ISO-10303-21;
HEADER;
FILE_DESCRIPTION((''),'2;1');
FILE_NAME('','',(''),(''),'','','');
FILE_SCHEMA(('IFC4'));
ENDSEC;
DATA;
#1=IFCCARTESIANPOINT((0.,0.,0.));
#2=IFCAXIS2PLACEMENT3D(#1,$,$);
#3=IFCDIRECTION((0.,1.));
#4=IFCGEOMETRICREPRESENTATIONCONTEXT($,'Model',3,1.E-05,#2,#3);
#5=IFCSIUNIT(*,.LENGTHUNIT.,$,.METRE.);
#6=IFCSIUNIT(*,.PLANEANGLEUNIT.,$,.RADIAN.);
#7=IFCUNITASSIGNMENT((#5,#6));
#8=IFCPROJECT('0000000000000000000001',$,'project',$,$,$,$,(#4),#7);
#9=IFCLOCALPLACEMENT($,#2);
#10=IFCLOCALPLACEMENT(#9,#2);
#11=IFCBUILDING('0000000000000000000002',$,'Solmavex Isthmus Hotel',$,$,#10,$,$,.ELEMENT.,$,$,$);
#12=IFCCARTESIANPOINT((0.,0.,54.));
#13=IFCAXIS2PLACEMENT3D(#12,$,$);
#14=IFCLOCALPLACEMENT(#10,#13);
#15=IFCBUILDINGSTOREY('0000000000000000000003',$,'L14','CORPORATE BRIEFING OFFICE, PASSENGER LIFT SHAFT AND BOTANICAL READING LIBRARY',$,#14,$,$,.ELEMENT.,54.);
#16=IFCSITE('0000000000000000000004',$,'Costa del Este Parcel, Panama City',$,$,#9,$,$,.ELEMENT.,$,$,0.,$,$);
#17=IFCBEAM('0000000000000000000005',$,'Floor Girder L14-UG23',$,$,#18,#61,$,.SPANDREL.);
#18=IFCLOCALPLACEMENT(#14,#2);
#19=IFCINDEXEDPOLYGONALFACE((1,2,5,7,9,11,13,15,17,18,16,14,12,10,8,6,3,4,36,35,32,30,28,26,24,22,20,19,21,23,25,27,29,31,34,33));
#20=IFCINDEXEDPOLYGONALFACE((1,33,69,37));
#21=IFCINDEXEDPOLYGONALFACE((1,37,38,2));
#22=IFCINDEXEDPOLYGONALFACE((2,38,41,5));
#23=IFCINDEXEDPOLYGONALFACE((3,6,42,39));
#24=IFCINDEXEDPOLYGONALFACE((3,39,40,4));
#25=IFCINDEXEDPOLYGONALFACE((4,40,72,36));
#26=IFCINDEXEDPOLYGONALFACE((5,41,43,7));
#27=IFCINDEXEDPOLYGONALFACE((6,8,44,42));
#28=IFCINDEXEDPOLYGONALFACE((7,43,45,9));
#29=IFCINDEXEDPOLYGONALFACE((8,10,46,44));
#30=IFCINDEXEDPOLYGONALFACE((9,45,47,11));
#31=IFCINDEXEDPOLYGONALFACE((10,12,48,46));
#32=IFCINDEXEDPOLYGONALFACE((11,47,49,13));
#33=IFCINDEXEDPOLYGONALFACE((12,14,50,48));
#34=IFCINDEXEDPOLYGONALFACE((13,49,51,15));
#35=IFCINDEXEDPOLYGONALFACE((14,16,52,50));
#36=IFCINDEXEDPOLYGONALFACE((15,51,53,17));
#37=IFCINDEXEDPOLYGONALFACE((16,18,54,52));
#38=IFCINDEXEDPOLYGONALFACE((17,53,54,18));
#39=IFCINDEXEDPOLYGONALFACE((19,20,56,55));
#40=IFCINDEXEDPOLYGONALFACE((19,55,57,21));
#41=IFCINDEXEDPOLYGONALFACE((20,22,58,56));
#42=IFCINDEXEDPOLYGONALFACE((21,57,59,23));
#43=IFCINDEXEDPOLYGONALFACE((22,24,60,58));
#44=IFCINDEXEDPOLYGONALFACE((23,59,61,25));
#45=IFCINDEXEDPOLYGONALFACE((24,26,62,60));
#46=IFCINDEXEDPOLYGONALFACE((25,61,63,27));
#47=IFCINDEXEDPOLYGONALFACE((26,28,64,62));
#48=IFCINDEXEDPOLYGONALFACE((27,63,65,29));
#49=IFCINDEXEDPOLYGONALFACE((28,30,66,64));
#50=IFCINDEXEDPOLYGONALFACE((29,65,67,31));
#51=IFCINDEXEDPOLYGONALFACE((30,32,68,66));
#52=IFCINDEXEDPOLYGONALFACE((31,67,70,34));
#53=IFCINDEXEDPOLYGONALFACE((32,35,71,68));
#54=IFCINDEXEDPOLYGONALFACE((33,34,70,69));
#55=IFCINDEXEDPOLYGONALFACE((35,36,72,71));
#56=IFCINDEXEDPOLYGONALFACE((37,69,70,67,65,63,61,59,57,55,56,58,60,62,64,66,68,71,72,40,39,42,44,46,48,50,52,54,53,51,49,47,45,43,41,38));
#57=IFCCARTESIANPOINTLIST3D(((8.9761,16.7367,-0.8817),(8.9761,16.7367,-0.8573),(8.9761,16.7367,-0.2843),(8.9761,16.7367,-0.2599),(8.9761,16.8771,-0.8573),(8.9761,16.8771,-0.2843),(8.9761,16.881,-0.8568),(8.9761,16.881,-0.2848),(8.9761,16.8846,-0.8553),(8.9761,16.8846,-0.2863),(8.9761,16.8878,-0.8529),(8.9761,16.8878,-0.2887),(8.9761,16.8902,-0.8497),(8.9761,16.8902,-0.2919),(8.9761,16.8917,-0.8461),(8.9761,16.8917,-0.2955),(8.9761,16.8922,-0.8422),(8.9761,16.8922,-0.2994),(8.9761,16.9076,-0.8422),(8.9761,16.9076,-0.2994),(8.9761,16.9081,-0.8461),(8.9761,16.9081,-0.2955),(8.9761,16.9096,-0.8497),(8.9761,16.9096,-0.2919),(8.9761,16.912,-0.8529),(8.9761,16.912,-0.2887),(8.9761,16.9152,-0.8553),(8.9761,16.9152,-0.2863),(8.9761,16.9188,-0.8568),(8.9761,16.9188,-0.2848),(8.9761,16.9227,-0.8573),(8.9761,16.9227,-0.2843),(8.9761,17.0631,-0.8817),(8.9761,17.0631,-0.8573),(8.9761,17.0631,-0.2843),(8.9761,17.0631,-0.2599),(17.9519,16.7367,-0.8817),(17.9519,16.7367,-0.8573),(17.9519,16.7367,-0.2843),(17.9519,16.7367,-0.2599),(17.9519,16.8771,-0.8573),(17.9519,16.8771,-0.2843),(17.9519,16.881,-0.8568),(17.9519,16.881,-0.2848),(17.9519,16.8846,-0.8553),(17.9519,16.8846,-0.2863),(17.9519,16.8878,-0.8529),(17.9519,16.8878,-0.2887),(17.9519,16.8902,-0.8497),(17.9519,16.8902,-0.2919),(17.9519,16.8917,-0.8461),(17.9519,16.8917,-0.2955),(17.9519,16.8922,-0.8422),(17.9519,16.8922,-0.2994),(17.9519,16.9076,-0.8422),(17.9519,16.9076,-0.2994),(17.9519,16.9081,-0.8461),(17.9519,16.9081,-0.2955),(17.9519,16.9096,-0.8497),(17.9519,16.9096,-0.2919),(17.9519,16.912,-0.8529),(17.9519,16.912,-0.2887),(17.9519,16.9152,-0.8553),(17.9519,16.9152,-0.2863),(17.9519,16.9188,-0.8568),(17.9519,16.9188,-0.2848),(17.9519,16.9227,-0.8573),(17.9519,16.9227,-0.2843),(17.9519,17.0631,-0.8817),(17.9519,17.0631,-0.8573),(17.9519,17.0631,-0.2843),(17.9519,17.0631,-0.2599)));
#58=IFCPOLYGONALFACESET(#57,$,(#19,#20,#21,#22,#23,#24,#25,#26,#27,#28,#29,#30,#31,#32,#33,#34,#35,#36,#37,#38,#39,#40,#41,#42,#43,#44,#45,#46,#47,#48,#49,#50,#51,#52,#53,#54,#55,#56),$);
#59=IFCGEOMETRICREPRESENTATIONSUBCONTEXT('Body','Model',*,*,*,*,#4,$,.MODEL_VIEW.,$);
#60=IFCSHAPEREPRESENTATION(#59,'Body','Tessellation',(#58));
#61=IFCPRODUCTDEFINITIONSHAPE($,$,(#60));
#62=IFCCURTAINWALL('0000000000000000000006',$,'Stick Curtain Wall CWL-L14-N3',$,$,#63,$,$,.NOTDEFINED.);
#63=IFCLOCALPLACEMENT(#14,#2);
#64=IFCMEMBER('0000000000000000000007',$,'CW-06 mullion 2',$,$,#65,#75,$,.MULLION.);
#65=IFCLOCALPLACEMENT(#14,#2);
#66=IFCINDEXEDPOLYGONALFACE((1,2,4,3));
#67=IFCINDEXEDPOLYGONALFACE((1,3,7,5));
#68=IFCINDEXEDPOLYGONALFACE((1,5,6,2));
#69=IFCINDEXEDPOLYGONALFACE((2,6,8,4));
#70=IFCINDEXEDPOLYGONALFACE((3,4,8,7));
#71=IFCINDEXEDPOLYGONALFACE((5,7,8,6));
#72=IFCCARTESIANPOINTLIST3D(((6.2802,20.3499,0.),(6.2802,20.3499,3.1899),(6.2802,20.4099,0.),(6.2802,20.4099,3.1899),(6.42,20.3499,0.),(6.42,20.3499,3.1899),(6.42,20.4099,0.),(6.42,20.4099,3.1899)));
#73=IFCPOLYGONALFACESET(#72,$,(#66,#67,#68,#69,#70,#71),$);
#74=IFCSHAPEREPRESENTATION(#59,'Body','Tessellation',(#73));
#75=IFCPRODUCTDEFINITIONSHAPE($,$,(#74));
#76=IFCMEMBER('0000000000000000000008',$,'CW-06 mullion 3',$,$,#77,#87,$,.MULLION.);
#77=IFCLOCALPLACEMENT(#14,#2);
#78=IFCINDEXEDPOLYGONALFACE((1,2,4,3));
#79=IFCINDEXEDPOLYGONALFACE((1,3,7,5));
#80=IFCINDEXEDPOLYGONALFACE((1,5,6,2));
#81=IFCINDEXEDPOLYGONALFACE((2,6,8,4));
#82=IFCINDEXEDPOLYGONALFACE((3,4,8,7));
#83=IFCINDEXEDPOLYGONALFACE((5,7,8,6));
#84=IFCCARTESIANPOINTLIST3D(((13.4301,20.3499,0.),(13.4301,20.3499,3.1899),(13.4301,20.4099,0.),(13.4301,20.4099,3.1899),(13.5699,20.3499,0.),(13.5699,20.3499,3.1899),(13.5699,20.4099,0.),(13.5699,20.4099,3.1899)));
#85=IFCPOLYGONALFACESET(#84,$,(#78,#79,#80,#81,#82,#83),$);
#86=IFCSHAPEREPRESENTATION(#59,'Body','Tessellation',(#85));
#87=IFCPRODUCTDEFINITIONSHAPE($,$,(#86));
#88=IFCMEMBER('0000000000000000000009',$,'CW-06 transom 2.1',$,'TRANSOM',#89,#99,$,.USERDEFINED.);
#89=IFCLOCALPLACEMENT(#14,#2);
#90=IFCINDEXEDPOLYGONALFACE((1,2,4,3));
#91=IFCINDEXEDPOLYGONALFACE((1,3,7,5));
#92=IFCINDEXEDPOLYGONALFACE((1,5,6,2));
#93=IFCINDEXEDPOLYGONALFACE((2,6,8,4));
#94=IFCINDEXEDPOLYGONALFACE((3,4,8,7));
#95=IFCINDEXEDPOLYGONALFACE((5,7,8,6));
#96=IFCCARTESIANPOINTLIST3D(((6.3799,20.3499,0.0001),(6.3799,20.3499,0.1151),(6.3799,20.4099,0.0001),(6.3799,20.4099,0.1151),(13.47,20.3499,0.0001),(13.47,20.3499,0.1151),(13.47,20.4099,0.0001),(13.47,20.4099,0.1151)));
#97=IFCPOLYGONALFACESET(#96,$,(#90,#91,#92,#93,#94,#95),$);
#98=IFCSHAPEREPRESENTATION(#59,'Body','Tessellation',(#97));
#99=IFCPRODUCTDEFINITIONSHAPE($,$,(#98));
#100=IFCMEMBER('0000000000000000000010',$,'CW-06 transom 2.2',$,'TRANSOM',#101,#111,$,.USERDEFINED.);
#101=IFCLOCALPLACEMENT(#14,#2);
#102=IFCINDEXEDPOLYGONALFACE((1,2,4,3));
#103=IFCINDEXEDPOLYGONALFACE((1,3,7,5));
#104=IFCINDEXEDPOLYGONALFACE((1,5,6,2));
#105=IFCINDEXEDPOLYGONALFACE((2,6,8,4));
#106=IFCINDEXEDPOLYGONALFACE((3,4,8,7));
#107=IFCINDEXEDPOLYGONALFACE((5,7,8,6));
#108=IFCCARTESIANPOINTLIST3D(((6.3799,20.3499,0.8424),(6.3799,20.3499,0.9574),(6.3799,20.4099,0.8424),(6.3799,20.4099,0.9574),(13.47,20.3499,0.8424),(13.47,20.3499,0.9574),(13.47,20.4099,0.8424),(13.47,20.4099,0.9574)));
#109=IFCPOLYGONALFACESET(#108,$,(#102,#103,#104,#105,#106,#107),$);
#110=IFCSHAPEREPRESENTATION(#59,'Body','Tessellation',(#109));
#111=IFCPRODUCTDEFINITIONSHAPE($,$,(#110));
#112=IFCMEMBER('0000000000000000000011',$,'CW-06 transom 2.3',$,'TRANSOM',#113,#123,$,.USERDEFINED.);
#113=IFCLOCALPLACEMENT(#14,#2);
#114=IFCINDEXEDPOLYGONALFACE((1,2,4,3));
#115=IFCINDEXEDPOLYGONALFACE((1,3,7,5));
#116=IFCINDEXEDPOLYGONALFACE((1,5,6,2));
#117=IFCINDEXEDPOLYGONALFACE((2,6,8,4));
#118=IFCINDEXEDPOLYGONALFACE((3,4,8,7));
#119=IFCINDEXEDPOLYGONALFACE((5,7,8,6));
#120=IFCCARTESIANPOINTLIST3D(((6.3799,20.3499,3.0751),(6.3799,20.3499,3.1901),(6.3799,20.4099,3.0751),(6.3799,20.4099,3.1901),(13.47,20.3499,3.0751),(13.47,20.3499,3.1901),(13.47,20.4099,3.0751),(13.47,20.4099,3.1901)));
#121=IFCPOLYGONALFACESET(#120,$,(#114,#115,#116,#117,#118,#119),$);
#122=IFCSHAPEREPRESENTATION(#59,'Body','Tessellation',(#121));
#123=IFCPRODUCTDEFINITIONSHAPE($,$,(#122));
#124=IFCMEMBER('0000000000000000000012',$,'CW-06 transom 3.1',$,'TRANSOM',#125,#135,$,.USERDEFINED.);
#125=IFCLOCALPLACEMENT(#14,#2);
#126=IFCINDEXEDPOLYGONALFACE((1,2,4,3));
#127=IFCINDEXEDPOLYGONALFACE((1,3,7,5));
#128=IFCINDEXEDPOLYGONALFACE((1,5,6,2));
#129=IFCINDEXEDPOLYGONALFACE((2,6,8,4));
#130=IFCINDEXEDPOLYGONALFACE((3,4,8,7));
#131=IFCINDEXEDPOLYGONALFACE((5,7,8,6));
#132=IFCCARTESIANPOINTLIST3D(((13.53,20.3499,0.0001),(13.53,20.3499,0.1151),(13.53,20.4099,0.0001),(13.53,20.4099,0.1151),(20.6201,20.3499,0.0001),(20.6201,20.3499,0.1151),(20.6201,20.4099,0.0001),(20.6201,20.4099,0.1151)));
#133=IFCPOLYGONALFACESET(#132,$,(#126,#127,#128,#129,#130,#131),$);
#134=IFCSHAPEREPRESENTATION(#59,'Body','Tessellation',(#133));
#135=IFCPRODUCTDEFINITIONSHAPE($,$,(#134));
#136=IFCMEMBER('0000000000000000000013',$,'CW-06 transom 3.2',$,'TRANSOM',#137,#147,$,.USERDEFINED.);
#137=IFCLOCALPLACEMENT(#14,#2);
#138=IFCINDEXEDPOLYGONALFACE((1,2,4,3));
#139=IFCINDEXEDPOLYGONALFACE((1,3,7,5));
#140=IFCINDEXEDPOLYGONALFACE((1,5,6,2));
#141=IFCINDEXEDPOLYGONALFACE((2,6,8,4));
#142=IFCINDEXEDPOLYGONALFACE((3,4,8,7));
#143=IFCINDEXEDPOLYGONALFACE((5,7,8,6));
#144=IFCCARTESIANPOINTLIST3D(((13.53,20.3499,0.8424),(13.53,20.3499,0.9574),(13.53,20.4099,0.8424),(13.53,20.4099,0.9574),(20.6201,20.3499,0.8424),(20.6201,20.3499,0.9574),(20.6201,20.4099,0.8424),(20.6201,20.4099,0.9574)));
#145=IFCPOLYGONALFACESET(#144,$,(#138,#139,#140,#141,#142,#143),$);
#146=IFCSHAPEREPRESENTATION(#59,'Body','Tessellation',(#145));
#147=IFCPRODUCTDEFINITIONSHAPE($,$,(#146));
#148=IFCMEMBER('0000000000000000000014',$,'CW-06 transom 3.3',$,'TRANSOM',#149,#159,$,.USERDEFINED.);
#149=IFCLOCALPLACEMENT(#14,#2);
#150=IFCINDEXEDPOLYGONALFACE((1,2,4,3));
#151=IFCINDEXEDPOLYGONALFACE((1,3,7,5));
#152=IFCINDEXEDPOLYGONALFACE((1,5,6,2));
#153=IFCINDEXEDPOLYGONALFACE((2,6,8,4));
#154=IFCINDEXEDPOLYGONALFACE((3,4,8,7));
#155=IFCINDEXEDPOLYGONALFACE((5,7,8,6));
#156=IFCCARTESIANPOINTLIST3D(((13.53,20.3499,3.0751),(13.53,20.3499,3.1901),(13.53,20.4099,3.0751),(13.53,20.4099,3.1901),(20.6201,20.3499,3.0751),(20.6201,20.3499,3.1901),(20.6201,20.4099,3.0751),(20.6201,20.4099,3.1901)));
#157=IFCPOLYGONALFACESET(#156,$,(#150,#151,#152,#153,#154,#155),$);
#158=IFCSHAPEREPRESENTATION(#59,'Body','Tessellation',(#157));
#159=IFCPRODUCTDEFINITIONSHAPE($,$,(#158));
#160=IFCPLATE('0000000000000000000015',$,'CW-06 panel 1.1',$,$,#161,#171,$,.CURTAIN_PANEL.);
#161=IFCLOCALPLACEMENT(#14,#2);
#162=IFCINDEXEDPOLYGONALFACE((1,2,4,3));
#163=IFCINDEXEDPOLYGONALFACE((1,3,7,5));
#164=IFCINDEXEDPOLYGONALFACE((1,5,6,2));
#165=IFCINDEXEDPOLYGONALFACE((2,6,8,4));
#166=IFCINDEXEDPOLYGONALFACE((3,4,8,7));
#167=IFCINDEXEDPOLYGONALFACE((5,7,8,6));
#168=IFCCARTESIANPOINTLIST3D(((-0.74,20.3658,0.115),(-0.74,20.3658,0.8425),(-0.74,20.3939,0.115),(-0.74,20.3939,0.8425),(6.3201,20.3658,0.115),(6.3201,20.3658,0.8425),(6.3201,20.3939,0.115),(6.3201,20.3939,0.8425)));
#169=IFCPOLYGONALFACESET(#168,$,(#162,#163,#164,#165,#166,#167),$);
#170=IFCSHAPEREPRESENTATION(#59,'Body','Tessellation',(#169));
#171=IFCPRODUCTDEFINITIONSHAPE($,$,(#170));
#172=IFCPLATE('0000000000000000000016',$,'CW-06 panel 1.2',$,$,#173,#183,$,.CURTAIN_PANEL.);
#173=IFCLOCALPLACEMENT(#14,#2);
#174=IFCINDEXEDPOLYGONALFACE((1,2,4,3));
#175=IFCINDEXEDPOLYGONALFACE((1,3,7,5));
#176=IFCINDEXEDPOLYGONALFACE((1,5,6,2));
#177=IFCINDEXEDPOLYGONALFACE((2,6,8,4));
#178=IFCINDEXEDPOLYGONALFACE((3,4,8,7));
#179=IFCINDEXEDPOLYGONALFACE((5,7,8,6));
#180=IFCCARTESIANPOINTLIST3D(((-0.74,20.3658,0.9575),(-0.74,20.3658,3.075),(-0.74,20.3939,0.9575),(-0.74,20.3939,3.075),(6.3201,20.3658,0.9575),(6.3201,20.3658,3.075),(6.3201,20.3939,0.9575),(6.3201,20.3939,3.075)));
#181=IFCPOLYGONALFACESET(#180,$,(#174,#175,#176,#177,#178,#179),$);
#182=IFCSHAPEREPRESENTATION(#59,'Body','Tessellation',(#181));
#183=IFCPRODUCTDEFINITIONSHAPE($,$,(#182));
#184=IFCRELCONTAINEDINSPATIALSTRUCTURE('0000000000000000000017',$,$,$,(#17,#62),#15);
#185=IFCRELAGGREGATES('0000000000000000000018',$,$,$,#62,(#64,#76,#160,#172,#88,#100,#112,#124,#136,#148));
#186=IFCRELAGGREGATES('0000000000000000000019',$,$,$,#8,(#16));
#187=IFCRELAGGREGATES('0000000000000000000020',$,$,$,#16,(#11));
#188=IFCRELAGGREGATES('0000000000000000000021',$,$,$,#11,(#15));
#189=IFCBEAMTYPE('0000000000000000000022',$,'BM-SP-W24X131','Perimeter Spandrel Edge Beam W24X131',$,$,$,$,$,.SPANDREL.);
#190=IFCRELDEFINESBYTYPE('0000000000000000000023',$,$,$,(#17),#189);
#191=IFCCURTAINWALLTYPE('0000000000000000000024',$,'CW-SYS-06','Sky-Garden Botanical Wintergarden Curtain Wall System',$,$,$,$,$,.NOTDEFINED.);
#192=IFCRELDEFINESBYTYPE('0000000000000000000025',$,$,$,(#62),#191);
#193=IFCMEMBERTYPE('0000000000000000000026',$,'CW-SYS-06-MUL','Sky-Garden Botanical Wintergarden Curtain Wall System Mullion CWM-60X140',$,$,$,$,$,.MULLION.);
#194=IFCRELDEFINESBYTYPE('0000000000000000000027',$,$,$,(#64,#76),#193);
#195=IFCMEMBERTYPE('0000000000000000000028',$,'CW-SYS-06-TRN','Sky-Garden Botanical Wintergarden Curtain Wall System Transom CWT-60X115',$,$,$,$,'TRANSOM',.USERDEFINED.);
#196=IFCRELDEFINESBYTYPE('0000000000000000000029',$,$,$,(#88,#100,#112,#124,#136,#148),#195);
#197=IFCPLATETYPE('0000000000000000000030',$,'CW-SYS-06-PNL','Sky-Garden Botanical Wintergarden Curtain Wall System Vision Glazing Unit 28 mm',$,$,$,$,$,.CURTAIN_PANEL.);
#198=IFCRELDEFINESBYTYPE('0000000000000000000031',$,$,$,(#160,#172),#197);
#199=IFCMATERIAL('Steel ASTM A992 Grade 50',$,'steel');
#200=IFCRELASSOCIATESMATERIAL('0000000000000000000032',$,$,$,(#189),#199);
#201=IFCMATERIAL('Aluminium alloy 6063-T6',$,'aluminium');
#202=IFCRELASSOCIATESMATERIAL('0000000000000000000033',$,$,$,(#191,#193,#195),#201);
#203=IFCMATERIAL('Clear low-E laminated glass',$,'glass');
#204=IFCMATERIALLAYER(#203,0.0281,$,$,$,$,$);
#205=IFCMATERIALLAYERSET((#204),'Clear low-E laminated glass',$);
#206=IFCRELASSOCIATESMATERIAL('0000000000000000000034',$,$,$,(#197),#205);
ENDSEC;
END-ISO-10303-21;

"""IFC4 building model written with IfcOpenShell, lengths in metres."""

from ifc_helpers import new_model, si_unit, direction, frame, origin, origin_2d, place, context, subcontext, project, spatial, rectangle, i_section, extrude, material, layer, layer_set, material_profile, profile_set, type_object, element, aggregate, save


model = new_model("IFC4")

# Units and contexts
model_context = context("Model", 3, precision=1e-05, world=origin(), true_north=direction((0.0, 1.0)))
body_context = subcontext(model_context, "Body", "Model", "MODEL_VIEW")
ifc_project = project(units=[si_unit("LENGTHUNIT", "METRE"), si_unit("PLANEANGLEUNIT", "RADIAN")], contexts=[model_context])

# Site, building, storey
site_placement = place(None, origin())
site = spatial("IfcSite", under=ifc_project, at=site_placement, Name="Costa del Este Parcel, Panama City", CompositionType="ELEMENT", RefElevation=0.0)
building_placement = place(site_placement, origin())
building = spatial("IfcBuilding", under=site, at=building_placement, Name="Solmavex Isthmus Hotel", CompositionType="ELEMENT")
storey_placement = place(building_placement, frame((0.0, 0.0, 54.0)))
storey = spatial("IfcBuildingStorey", under=building, at=storey_placement, Name="L14", Description="CORPORATE BRIEFING OFFICE, PASSENGER LIFT SHAFT AND BOTANICAL READING LIBRARY", CompositionType="ELEMENT", Elevation=54.0)

# Beam
ifc_material_1 = material(Name="Steel ASTM A992 Grade 50", Category="steel")
ifc_material_profile_1 = material_profile(ifc_material_1, i_section(OverallWidth=0.3264, OverallDepth=0.6218, WebThickness=0.0154, FlangeThickness=0.0244, FilletRadius=0.0151, at=origin_2d()), Name="W24X131")
ifc_profile_set_1 = profile_set([ifc_material_profile_1], Name="Steel ASTM A992 Grade 50")
beam_type_1 = type_object("IfcBeamType", Name="BM-SP-W24X131", Description="Perimeter Spandrel Edge Beam W24X131", PredefinedType="SPANDREL", material=ifc_profile_set_1)
beam_1_placement = place(storey_placement, frame((8.9761, 16.8999, -0.5708), z_axis=(1.0, 0.0, 0.0), x_axis=(0.0, 1.0, 0.0)))
element("IfcBeam", 1, at=beam_1_placement, inside=storey, type_object=beam_type_1, Name="Floor Girder L14-UG23", PredefinedType="SPANDREL", context=body_context, shape_type="SweptSolid", body=[
    extrude(i_section(OverallWidth=0.3264, OverallDepth=0.6218, WebThickness=0.0154, FlangeThickness=0.0244, FilletRadius=0.0151, at=origin_2d()), origin(), (0.0, 0.0, 1.0), 8.9758),
])

# Curtain wall, members, plates
ifc_material_2 = material(Name="Aluminium alloy 6063-T6", Category="aluminium")
curtain_wall_type = type_object("IfcCurtainWallType", Name="CW-SYS-06", Description="Sky-Garden Botanical Wintergarden Curtain Wall System", PredefinedType="NOTDEFINED", material=ifc_material_2)
curtain_wall_placement = place(storey_placement, origin())
curtain_wall = element("IfcCurtainWall", 2, at=curtain_wall_placement, inside=storey, type_object=curtain_wall_type, Name="Stick Curtain Wall CWL-L14-N3", PredefinedType="NOTDEFINED")
ifc_material_profile_2 = material_profile(ifc_material_2, rectangle(XDim=0.0601, YDim=0.1399, at=origin_2d()), Name="CWM-60X140")
ifc_profile_set_2 = profile_set([ifc_material_profile_2], Name="Aluminium alloy 6063-T6")
member_type_1 = type_object("IfcMemberType", Name="CW-SYS-06-MUL", Description="Sky-Garden Botanical Wintergarden Curtain Wall System Mullion CWM-60X140", PredefinedType="MULLION", material=ifc_profile_set_2)
member_1_placement = place(storey_placement, frame((6.3501, 20.3799, 0.0), z_axis=(0.0, 0.0, 1.0), x_axis=(0.0, 1.0, 0.0)))
member_1 = element("IfcMember", 3, at=member_1_placement, type_object=member_type_1, Name="CW-06 mullion 2", PredefinedType="MULLION", context=body_context, shape_type="SweptSolid", body=[
    extrude(rectangle(XDim=0.0601, YDim=0.1399, at=origin_2d()), origin(), (0.0, 0.0, 1.0), 3.1899),
])
member_2_placement = place(storey_placement, frame((13.5, 20.3799, 0.0), z_axis=(0.0, 0.0, 1.0), x_axis=(0.0, 1.0, 0.0)))
member_2 = element("IfcMember", 4, at=member_2_placement, type_object=member_type_1, Name="CW-06 mullion 3", PredefinedType="MULLION", context=body_context, shape_type="SweptSolid", body=[
    extrude(rectangle(XDim=0.0601, YDim=0.1399, at=origin_2d()), origin(), (0.0, 0.0, 1.0), 3.1899),
])
ifc_material_profile_3 = material_profile(ifc_material_2, rectangle(XDim=0.0601, YDim=0.115, at=origin_2d()), Name="CWT-60X115")
ifc_profile_set_3 = profile_set([ifc_material_profile_3], Name="Aluminium alloy 6063-T6")
member_type_2 = type_object("IfcMemberType", Name="CW-SYS-06-TRN", Description="Sky-Garden Botanical Wintergarden Curtain Wall System Transom CWT-60X115", ElementType="TRANSOM", PredefinedType="USERDEFINED", material=ifc_profile_set_3)
member_3_placement = place(storey_placement, frame((6.3799, 20.3799, 0.0576), z_axis=(1.0, 0.0, 0.0), x_axis=(0.0, 1.0, 0.0)))
member_3 = element("IfcMember", 5, at=member_3_placement, type_object=member_type_2, Name="CW-06 transom 2.1", ObjectType="TRANSOM", PredefinedType="USERDEFINED", context=body_context, shape_type="SweptSolid", body=[
    extrude(rectangle(XDim=0.0601, YDim=0.115, at=origin_2d()), origin(), (0.0, 0.0, 1.0), 7.0901),
])
member_4_placement = place(storey_placement, frame((6.3799, 20.3799, 0.8999), z_axis=(1.0, 0.0, 0.0), x_axis=(0.0, 1.0, 0.0)))
member_4 = element("IfcMember", 6, at=member_4_placement, type_object=member_type_2, Name="CW-06 transom 2.2", ObjectType="TRANSOM", PredefinedType="USERDEFINED", context=body_context, shape_type="SweptSolid", body=[
    extrude(rectangle(XDim=0.0601, YDim=0.115, at=origin_2d()), origin(), (0.0, 0.0, 1.0), 7.0901),
])
member_5_placement = place(storey_placement, frame((6.3799, 20.3799, 3.1326), z_axis=(1.0, 0.0, 0.0), x_axis=(0.0, 1.0, 0.0)))
member_5 = element("IfcMember", 7, at=member_5_placement, type_object=member_type_2, Name="CW-06 transom 2.3", ObjectType="TRANSOM", PredefinedType="USERDEFINED", context=body_context, shape_type="SweptSolid", body=[
    extrude(rectangle(XDim=0.0601, YDim=0.115, at=origin_2d()), origin(), (0.0, 0.0, 1.0), 7.0901),
])
member_6_placement = place(storey_placement, frame((13.53, 20.3799, 0.0576), z_axis=(1.0, 0.0, 0.0), x_axis=(0.0, 1.0, 0.0)))
member_6 = element("IfcMember", 8, at=member_6_placement, type_object=member_type_2, Name="CW-06 transom 3.1", ObjectType="TRANSOM", PredefinedType="USERDEFINED", context=body_context, shape_type="SweptSolid", body=[
    extrude(rectangle(XDim=0.0601, YDim=0.115, at=origin_2d()), origin(), (0.0, 0.0, 1.0), 7.0901),
])
member_7_placement = place(storey_placement, frame((13.53, 20.3799, 0.8999), z_axis=(1.0, 0.0, 0.0), x_axis=(0.0, 1.0, 0.0)))
member_7 = element("IfcMember", 9, at=member_7_placement, type_object=member_type_2, Name="CW-06 transom 3.2", ObjectType="TRANSOM", PredefinedType="USERDEFINED", context=body_context, shape_type="SweptSolid", body=[
    extrude(rectangle(XDim=0.0601, YDim=0.115, at=origin_2d()), origin(), (0.0, 0.0, 1.0), 7.0901),
])
member_8_placement = place(storey_placement, frame((13.53, 20.3799, 3.1326), z_axis=(1.0, 0.0, 0.0), x_axis=(0.0, 1.0, 0.0)))
member_8 = element("IfcMember", 10, at=member_8_placement, type_object=member_type_2, Name="CW-06 transom 3.3", ObjectType="TRANSOM", PredefinedType="USERDEFINED", context=body_context, shape_type="SweptSolid", body=[
    extrude(rectangle(XDim=0.0601, YDim=0.115, at=origin_2d()), origin(), (0.0, 0.0, 1.0), 7.0901),
])
ifc_material_3 = material(Name="Clear low-E laminated glass", Category="glass")
ifc_layer_1 = layer(ifc_material_3, 0.0281)
ifc_layer_set_1 = layer_set([ifc_layer_1], Name="Clear low-E laminated glass")
plate_type = type_object("IfcPlateType", Name="CW-SYS-06-PNL", Description="Sky-Garden Botanical Wintergarden Curtain Wall System Vision Glazing Unit 28 mm", PredefinedType="CURTAIN_PANEL", material=ifc_layer_set_1)
plate_1_placement = place(storey_placement, frame((2.79, 20.3799, 0.115), z_axis=(0.0, 0.0, 1.0), x_axis=(1.0, 0.0, 0.0)))
plate_1 = element("IfcPlate", 11, at=plate_1_placement, type_object=plate_type, Name="CW-06 panel 1.1", PredefinedType="CURTAIN_PANEL", context=body_context, shape_type="SweptSolid", body=[
    extrude(rectangle(XDim=7.0601, YDim=0.0281, at=origin_2d()), origin(), (0.0, 0.0, 1.0), 0.7275),
])
plate_2_placement = place(storey_placement, frame((2.79, 20.3799, 0.9575), z_axis=(0.0, 0.0, 1.0), x_axis=(1.0, 0.0, 0.0)))
plate_2 = element("IfcPlate", 12, at=plate_2_placement, type_object=plate_type, Name="CW-06 panel 1.2", PredefinedType="CURTAIN_PANEL", context=body_context, shape_type="SweptSolid", body=[
    extrude(rectangle(XDim=7.0601, YDim=0.0281, at=origin_2d()), origin(), (0.0, 0.0, 1.0), 2.1174),
])
aggregate(curtain_wall, [member_1, member_2, plate_1, plate_2, member_3, member_4, member_5, member_6, member_7, member_8])

save(model, "model.ifc")
